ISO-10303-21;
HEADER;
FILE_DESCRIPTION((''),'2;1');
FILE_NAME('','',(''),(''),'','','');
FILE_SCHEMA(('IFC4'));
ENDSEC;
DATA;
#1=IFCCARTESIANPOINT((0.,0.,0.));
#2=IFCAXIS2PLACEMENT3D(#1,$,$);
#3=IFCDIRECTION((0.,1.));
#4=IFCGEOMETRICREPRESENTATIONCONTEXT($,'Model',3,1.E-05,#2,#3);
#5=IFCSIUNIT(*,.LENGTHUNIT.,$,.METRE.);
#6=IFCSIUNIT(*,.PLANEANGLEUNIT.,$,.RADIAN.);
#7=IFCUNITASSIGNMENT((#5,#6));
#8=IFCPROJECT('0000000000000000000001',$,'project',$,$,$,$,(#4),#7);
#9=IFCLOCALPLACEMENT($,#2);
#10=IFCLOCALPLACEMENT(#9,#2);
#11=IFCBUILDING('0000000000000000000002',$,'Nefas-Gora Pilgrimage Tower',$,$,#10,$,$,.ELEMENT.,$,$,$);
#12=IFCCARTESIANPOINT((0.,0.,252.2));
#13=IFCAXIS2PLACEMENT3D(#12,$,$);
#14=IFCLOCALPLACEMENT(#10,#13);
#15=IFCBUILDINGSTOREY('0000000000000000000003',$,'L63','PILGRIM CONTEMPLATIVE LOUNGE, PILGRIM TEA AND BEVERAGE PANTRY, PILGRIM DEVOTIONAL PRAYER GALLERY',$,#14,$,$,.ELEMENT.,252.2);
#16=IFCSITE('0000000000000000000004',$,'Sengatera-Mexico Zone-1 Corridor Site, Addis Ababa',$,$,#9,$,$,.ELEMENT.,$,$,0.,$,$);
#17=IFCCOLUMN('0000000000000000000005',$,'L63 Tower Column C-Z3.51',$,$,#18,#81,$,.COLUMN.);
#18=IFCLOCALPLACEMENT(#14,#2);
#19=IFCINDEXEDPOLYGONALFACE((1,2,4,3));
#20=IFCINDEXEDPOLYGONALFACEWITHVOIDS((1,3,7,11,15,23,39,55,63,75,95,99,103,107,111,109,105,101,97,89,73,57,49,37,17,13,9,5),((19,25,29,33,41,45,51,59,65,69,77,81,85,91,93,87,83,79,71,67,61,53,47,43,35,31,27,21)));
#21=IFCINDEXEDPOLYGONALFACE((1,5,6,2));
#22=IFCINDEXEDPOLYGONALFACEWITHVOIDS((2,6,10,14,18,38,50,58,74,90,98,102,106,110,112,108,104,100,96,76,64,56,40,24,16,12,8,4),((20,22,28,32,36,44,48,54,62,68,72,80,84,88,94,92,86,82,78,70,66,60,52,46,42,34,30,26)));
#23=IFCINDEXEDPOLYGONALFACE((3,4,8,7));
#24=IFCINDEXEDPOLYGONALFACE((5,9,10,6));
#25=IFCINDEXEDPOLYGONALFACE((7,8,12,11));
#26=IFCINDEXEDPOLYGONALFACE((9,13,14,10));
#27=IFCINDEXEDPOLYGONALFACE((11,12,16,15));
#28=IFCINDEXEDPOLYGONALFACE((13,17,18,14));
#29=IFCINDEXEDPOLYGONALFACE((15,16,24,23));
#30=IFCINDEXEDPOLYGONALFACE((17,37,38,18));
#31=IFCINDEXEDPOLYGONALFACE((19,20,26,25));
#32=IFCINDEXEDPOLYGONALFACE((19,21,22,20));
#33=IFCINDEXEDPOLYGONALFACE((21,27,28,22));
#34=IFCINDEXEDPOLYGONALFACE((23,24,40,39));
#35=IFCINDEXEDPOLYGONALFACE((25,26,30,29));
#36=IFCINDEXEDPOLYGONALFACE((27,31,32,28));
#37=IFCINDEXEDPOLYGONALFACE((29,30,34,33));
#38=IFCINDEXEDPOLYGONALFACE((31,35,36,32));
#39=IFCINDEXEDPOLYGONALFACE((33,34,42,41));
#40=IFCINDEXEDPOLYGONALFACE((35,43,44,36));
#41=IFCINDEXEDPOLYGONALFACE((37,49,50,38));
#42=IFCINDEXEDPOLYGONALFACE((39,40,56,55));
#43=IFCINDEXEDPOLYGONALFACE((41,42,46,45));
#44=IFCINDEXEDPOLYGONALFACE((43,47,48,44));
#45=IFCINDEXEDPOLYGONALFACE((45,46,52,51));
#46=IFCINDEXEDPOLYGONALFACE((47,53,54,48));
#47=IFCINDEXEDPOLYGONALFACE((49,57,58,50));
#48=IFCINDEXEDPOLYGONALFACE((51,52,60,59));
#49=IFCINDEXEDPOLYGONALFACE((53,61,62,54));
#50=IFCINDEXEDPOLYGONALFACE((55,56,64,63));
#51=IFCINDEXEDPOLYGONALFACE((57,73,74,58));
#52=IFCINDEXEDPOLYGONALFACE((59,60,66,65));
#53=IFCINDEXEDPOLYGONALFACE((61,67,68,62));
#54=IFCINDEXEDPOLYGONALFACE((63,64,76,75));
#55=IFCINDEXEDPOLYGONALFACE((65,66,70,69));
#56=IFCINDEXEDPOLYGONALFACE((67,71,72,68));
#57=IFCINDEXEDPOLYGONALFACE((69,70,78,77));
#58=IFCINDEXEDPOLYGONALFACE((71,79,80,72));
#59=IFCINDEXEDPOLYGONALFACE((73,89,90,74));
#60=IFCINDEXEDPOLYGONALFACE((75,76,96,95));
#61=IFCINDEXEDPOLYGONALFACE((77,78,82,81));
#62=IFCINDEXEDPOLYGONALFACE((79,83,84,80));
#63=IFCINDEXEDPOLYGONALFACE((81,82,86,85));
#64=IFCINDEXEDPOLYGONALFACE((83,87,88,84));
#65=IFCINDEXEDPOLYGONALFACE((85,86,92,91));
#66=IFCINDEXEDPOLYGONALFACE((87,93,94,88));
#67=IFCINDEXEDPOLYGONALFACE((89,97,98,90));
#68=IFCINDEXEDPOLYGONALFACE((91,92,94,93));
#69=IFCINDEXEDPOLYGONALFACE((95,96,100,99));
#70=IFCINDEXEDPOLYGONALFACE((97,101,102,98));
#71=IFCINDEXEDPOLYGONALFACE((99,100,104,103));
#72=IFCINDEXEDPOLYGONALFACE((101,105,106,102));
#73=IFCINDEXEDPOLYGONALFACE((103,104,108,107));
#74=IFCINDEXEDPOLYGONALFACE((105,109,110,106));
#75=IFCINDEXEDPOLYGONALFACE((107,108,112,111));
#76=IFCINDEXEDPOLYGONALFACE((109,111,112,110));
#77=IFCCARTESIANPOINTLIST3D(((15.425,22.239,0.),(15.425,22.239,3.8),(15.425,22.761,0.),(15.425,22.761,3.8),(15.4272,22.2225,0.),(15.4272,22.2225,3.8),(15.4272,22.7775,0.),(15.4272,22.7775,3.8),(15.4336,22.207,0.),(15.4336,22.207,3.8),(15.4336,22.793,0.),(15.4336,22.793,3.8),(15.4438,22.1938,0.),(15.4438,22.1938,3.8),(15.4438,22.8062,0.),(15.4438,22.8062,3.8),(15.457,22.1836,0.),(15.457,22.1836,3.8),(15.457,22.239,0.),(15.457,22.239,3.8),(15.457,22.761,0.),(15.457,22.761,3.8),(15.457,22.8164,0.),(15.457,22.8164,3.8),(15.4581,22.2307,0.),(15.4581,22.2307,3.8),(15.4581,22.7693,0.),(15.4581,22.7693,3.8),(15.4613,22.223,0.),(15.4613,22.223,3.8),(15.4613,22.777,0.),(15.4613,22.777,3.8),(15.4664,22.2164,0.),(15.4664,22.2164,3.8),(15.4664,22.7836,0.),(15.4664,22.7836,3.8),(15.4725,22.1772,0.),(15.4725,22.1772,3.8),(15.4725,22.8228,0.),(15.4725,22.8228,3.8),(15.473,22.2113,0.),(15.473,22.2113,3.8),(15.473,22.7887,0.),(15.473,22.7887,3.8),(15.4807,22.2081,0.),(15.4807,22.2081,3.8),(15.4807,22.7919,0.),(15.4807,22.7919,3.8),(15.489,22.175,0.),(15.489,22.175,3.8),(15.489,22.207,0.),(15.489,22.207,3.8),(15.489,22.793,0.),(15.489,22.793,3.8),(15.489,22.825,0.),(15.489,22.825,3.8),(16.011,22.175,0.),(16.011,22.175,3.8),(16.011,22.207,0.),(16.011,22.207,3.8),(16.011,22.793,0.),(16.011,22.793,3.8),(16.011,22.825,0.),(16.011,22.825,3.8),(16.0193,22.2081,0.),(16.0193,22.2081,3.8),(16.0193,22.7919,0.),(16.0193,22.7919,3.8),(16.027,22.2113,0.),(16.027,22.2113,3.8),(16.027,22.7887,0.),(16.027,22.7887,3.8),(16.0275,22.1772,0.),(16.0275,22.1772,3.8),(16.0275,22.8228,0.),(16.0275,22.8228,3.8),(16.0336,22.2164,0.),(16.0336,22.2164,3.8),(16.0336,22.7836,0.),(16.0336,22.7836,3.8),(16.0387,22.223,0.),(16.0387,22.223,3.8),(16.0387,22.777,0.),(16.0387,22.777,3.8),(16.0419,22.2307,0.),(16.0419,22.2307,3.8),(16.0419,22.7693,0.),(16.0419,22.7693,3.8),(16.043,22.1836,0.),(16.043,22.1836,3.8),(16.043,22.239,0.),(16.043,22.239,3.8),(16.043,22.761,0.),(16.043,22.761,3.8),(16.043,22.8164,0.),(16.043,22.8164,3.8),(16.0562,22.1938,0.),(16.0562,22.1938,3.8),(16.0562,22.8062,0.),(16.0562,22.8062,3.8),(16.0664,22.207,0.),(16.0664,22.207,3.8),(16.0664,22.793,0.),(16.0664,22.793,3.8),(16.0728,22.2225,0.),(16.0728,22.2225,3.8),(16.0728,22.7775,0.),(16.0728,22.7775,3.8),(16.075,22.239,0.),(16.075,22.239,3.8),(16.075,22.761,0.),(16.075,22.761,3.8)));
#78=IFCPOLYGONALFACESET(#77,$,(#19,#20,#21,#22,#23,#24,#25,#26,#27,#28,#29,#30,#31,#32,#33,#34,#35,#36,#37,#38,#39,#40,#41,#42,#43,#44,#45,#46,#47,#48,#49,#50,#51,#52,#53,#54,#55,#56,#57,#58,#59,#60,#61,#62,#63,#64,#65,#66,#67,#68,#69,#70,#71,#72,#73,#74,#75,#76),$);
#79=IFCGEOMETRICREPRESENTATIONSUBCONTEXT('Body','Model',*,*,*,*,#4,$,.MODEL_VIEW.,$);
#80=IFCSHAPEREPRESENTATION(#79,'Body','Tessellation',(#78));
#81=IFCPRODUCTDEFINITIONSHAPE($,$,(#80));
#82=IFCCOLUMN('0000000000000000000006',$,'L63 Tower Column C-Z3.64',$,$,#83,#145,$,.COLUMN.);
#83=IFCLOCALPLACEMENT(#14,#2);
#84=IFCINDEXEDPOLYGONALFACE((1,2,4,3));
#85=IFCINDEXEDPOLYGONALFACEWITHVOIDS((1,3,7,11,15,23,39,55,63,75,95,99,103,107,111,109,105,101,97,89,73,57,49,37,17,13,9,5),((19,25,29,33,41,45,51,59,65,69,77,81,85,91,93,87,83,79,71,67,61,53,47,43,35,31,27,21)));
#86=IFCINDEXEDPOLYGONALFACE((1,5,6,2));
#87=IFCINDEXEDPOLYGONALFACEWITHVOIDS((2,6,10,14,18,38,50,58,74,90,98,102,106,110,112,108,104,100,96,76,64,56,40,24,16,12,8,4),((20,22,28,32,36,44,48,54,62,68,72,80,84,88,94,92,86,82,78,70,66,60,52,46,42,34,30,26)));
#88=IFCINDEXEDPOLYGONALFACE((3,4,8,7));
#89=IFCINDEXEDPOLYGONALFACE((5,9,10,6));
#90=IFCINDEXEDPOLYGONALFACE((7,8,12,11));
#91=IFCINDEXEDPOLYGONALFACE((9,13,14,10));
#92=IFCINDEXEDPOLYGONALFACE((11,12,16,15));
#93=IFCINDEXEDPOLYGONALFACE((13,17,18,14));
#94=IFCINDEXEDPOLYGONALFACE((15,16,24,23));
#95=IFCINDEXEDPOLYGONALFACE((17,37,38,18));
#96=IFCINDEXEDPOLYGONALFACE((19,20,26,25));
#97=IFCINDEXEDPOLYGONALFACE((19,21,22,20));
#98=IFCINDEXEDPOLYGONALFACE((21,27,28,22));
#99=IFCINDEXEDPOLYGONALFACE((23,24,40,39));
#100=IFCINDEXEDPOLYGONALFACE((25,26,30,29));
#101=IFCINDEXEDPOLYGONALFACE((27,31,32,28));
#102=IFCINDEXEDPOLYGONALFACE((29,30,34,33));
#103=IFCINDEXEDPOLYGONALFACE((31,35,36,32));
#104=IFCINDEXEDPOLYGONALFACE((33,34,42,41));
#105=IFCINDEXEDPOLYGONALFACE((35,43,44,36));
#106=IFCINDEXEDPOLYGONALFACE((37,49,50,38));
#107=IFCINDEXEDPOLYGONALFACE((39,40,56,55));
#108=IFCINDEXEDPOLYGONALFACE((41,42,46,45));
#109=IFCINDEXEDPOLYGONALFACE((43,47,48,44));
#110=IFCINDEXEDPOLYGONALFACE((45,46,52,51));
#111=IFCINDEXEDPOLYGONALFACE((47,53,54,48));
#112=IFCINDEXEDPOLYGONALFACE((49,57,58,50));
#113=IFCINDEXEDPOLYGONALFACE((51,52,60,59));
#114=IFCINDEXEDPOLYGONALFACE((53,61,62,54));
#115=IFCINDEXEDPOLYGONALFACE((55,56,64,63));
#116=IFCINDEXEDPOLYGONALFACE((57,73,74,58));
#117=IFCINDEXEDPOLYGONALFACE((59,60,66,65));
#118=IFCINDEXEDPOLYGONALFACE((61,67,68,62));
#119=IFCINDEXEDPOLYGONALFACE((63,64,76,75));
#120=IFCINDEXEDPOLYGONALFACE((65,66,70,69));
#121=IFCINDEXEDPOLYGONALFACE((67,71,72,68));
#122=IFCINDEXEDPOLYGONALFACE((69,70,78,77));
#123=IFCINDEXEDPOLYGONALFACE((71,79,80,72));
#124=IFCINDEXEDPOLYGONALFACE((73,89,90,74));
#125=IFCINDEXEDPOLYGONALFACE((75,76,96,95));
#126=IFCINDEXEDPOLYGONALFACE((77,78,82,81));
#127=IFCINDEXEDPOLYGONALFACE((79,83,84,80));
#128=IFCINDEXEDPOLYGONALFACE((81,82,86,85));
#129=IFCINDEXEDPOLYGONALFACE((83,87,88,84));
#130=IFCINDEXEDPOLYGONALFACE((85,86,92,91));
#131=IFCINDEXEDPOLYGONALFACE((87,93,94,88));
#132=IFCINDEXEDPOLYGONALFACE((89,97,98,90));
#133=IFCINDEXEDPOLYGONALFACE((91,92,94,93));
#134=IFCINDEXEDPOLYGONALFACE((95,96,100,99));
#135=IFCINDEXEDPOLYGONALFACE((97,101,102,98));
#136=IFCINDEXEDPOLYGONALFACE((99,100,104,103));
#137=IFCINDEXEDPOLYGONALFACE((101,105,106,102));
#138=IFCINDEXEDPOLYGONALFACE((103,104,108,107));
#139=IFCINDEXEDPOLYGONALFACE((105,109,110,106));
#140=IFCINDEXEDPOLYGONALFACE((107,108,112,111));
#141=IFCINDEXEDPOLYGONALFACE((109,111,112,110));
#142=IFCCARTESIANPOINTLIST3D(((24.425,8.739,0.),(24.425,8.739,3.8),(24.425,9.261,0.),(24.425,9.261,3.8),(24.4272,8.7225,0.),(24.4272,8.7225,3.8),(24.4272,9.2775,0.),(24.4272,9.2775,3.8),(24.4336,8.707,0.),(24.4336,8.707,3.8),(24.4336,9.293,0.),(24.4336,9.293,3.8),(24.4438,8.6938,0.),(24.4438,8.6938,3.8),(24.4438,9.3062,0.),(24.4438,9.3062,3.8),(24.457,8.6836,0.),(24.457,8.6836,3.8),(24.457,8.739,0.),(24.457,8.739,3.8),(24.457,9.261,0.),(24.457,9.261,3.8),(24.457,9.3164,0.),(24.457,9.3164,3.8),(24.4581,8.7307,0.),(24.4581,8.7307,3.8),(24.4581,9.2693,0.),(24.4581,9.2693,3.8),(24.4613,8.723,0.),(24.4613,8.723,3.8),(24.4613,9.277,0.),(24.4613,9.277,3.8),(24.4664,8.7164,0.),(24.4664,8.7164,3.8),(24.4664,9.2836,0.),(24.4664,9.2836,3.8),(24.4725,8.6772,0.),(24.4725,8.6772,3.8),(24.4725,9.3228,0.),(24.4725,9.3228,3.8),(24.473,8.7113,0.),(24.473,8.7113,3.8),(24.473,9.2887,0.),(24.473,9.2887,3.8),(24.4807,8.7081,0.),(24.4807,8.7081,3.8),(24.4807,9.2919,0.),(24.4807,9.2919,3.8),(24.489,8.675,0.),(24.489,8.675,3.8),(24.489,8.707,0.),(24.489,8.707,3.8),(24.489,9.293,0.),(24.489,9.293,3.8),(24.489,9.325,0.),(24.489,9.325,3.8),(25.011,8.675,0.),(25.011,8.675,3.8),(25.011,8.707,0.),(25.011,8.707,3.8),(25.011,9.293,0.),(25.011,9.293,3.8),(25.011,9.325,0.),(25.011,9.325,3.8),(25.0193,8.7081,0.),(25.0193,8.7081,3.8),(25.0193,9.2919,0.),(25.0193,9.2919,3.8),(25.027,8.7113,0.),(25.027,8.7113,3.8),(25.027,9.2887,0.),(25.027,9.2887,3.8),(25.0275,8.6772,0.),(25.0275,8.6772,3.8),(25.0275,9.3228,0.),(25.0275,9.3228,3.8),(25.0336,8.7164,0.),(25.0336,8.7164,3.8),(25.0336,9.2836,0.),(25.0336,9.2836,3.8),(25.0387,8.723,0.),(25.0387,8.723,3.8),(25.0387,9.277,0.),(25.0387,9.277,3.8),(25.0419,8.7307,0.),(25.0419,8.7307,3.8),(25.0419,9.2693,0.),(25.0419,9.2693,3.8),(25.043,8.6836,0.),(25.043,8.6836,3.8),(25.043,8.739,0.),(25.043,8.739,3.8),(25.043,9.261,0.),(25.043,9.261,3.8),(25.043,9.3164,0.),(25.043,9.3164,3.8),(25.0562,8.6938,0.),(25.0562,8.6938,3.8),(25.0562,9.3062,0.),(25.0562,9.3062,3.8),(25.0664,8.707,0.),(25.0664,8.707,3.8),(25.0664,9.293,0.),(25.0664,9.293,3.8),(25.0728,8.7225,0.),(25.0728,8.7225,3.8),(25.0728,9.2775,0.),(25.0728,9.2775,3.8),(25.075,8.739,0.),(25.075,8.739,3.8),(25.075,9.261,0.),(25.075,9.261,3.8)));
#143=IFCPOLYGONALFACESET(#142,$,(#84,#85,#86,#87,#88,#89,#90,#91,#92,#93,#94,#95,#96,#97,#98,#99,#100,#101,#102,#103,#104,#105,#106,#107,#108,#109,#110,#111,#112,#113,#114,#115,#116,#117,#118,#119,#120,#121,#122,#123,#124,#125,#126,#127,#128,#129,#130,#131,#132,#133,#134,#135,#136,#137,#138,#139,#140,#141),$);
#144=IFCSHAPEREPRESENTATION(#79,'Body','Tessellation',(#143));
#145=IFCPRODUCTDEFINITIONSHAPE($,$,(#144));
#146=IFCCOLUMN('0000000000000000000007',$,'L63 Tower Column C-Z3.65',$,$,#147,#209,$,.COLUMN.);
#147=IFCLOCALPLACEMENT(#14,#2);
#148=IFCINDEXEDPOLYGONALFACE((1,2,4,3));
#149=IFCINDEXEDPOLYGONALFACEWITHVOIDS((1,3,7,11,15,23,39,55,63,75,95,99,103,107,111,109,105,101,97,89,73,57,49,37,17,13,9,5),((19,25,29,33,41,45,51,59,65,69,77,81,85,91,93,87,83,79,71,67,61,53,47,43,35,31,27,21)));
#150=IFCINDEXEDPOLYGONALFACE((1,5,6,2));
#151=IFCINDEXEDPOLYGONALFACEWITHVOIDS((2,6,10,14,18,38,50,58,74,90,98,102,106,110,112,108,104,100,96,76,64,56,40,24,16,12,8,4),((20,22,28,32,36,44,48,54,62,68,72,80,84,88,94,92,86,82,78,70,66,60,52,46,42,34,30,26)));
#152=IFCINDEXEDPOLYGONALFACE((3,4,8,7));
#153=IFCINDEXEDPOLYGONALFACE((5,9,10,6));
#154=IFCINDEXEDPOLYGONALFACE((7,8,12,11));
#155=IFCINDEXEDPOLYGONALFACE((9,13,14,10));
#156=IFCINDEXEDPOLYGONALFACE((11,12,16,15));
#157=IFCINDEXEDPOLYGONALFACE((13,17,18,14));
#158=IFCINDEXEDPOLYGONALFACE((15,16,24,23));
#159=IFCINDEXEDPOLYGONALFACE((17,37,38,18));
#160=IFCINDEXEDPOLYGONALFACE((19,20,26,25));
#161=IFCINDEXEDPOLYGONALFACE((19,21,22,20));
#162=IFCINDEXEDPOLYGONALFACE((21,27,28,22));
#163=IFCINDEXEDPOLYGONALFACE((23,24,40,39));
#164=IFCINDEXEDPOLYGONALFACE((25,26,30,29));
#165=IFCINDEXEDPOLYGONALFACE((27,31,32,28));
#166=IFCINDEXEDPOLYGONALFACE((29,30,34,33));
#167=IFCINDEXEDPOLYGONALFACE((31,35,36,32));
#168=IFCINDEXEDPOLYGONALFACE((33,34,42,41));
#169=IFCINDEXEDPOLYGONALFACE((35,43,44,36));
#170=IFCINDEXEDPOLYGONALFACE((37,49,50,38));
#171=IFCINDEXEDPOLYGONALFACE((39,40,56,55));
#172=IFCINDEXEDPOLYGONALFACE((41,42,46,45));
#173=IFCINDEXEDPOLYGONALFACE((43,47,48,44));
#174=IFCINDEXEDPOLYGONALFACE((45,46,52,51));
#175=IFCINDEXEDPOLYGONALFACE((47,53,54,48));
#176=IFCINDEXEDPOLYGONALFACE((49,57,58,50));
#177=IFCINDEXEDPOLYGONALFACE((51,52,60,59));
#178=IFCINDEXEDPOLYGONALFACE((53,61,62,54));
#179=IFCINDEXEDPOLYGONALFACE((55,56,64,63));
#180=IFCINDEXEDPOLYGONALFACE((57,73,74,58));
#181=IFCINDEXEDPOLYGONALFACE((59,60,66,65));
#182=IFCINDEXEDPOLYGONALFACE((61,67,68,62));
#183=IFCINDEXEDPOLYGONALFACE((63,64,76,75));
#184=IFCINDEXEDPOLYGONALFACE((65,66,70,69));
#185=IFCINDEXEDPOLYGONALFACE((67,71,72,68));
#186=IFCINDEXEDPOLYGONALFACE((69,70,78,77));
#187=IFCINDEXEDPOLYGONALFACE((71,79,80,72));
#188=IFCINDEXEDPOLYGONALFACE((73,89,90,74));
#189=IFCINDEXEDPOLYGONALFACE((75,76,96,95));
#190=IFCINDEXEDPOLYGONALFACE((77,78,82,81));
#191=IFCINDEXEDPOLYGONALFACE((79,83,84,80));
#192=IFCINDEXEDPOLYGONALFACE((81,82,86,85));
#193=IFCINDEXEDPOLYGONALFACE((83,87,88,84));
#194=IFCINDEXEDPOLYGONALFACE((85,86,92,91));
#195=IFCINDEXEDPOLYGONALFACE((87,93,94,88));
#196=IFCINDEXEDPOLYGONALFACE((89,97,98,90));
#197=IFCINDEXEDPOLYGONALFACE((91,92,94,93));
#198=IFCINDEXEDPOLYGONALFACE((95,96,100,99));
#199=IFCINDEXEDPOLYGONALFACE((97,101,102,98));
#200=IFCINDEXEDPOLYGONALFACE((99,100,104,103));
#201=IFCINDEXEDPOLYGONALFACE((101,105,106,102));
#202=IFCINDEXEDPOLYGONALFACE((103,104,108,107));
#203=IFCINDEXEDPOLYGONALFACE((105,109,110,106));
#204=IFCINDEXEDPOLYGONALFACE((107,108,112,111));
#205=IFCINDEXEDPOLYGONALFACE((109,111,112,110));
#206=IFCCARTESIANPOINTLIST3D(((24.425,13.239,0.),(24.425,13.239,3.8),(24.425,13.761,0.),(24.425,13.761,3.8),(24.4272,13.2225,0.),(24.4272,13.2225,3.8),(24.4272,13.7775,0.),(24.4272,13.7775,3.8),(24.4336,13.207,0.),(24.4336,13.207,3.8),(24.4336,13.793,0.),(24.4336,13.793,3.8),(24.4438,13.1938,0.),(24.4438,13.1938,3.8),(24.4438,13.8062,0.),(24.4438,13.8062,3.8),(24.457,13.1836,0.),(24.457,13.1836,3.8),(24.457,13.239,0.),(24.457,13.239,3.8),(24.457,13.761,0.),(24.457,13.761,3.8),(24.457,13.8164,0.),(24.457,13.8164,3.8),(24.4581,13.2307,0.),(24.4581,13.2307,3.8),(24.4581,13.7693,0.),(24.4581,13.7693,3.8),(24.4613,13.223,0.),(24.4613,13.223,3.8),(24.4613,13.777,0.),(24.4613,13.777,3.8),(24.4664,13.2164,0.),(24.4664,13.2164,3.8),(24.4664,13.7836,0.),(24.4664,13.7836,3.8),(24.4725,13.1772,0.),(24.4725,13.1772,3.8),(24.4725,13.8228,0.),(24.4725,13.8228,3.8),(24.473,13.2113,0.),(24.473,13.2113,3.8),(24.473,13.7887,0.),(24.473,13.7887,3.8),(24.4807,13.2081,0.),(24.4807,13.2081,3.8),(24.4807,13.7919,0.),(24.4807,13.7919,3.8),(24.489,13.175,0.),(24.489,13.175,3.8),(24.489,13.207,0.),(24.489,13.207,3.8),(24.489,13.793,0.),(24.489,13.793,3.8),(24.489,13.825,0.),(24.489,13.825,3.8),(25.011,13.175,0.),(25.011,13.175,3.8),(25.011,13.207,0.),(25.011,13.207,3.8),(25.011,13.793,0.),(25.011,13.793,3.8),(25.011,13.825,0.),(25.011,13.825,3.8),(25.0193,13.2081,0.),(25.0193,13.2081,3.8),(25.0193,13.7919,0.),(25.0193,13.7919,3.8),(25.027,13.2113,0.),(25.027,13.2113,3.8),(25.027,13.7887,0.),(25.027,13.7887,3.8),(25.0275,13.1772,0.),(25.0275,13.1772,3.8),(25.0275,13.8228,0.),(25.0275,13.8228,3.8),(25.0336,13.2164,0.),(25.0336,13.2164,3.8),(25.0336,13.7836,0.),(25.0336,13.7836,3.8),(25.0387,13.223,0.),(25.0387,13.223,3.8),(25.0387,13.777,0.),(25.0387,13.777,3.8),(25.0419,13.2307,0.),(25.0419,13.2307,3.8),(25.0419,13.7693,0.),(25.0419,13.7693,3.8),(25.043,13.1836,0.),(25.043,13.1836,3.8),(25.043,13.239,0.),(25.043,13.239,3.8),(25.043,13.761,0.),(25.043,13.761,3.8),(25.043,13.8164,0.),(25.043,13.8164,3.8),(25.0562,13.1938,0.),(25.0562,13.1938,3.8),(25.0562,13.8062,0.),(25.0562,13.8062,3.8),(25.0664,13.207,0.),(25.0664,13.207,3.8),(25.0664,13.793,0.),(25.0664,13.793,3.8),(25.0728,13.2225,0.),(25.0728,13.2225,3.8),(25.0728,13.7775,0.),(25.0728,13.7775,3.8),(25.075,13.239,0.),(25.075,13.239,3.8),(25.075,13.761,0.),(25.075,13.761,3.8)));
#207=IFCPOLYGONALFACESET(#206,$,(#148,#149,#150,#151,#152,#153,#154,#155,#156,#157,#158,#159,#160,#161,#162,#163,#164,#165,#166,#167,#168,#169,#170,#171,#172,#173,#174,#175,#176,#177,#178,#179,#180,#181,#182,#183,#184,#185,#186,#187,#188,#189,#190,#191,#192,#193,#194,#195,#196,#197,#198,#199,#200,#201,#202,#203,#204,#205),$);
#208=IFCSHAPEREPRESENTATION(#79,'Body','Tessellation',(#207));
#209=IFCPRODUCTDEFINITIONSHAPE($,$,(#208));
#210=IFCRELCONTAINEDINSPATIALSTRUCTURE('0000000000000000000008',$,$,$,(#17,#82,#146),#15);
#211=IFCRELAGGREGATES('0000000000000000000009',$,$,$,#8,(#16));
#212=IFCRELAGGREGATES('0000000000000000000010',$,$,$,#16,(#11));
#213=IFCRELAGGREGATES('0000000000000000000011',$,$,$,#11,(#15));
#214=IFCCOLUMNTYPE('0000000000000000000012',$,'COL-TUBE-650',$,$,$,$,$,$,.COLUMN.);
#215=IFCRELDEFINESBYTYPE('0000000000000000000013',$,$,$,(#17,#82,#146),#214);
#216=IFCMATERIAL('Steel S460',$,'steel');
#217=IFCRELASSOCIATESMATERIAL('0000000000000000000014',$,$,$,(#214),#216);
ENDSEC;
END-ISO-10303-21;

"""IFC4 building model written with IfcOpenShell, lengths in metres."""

from ifc_helpers import new_model, si_unit, direction, frame, origin, origin_2d, place, context, subcontext, project, spatial, hollow_rectangle, extrude, source, transform, mapped, material, material_profile, profile_set, type_object, element, save


model = new_model("IFC4")

# Units and contexts
model_context = context("Model", 3, precision=1e-05, world=origin(), true_north=direction((0.0, 1.0)))
body_context = subcontext(model_context, "Body", "Model", "MODEL_VIEW")
ifc_project = project(units=[si_unit("LENGTHUNIT", "METRE"), si_unit("PLANEANGLEUNIT", "RADIAN")], contexts=[model_context])

# Site, building, storey
site_placement = place(None, origin())
site = spatial("IfcSite", under=ifc_project, at=site_placement, Name="Sengatera-Mexico Zone-1 Corridor Site, Addis Ababa", CompositionType="ELEMENT", RefElevation=0.0)
building_placement = place(site_placement, origin())
building = spatial("IfcBuilding", under=site, at=building_placement, Name="Nefas-Gora Pilgrimage Tower", CompositionType="ELEMENT")
storey_placement = place(building_placement, frame((0.0, 0.0, 252.2)))
storey = spatial("IfcBuildingStorey", under=building, at=storey_placement, Name="L63", Description="PILGRIM CONTEMPLATIVE LOUNGE, PILGRIM TEA AND BEVERAGE PANTRY, PILGRIM DEVOTIONAL PRAYER GALLERY", CompositionType="ELEMENT", Elevation=252.2)

# Columns
ifc_material_1 = material(Name="Steel S460", Category="steel")
ifc_material_profile_1 = material_profile(ifc_material_1, hollow_rectangle(XDim=0.6499, YDim=0.6499, WallThickness=0.032, InnerFilletRadius=0.032, OuterFilletRadius=0.064, at=origin_2d()), Name="BOX 650x650x32")
ifc_profile_set_1 = profile_set([ifc_material_profile_1], Name="Steel S460")
column_type_1 = type_object("IfcColumnType", Name="COL-TUBE-650", PredefinedType="COLUMN", material=ifc_profile_set_1)
shared_shape_1 = source(origin(), body_context, "Body", "SweptSolid", [
    extrude(hollow_rectangle(XDim=0.6499, YDim=0.6499, WallThickness=0.032, InnerFilletRadius=0.032, OuterFilletRadius=0.064, at=origin_2d()), origin(), (0.0, 0.0, 1.0), 3.8),
])
for number, where, z_axis, x_axis, name in (
    (1, (15.75, 22.5, 0.0), (0.0, 0.0, 1.0), (1.0, 0.0, 0.0), "L63 Tower Column C-Z3.51"),
    (2, (24.75, 9.0, 0.0), (0.0, 0.0, 1.0), (1.0, 0.0, 0.0), "L63 Tower Column C-Z3.64"),
    (3, (24.75, 13.5, 0.0), (0.0, 0.0, 1.0), (1.0, 0.0, 0.0), "L63 Tower Column C-Z3.65"),
):
    element("IfcColumn", number, at=place(storey_placement, frame(where, z_axis=z_axis, x_axis=x_axis)), inside=storey, type_object=column_type_1, Name=name, PredefinedType="COLUMN", context=body_context, shape_type="MappedRepresentation", body=[
        mapped(shared_shape_1, transform((0.0, 0.0, 0.0), x_axis=(1.0, 0.0, 0.0), y_axis=(0.0, 1.0, 0.0), z_axis=(0.0, 0.0, 1.0), scale=1.0)),
    ])

save(model, "model.ifc")
